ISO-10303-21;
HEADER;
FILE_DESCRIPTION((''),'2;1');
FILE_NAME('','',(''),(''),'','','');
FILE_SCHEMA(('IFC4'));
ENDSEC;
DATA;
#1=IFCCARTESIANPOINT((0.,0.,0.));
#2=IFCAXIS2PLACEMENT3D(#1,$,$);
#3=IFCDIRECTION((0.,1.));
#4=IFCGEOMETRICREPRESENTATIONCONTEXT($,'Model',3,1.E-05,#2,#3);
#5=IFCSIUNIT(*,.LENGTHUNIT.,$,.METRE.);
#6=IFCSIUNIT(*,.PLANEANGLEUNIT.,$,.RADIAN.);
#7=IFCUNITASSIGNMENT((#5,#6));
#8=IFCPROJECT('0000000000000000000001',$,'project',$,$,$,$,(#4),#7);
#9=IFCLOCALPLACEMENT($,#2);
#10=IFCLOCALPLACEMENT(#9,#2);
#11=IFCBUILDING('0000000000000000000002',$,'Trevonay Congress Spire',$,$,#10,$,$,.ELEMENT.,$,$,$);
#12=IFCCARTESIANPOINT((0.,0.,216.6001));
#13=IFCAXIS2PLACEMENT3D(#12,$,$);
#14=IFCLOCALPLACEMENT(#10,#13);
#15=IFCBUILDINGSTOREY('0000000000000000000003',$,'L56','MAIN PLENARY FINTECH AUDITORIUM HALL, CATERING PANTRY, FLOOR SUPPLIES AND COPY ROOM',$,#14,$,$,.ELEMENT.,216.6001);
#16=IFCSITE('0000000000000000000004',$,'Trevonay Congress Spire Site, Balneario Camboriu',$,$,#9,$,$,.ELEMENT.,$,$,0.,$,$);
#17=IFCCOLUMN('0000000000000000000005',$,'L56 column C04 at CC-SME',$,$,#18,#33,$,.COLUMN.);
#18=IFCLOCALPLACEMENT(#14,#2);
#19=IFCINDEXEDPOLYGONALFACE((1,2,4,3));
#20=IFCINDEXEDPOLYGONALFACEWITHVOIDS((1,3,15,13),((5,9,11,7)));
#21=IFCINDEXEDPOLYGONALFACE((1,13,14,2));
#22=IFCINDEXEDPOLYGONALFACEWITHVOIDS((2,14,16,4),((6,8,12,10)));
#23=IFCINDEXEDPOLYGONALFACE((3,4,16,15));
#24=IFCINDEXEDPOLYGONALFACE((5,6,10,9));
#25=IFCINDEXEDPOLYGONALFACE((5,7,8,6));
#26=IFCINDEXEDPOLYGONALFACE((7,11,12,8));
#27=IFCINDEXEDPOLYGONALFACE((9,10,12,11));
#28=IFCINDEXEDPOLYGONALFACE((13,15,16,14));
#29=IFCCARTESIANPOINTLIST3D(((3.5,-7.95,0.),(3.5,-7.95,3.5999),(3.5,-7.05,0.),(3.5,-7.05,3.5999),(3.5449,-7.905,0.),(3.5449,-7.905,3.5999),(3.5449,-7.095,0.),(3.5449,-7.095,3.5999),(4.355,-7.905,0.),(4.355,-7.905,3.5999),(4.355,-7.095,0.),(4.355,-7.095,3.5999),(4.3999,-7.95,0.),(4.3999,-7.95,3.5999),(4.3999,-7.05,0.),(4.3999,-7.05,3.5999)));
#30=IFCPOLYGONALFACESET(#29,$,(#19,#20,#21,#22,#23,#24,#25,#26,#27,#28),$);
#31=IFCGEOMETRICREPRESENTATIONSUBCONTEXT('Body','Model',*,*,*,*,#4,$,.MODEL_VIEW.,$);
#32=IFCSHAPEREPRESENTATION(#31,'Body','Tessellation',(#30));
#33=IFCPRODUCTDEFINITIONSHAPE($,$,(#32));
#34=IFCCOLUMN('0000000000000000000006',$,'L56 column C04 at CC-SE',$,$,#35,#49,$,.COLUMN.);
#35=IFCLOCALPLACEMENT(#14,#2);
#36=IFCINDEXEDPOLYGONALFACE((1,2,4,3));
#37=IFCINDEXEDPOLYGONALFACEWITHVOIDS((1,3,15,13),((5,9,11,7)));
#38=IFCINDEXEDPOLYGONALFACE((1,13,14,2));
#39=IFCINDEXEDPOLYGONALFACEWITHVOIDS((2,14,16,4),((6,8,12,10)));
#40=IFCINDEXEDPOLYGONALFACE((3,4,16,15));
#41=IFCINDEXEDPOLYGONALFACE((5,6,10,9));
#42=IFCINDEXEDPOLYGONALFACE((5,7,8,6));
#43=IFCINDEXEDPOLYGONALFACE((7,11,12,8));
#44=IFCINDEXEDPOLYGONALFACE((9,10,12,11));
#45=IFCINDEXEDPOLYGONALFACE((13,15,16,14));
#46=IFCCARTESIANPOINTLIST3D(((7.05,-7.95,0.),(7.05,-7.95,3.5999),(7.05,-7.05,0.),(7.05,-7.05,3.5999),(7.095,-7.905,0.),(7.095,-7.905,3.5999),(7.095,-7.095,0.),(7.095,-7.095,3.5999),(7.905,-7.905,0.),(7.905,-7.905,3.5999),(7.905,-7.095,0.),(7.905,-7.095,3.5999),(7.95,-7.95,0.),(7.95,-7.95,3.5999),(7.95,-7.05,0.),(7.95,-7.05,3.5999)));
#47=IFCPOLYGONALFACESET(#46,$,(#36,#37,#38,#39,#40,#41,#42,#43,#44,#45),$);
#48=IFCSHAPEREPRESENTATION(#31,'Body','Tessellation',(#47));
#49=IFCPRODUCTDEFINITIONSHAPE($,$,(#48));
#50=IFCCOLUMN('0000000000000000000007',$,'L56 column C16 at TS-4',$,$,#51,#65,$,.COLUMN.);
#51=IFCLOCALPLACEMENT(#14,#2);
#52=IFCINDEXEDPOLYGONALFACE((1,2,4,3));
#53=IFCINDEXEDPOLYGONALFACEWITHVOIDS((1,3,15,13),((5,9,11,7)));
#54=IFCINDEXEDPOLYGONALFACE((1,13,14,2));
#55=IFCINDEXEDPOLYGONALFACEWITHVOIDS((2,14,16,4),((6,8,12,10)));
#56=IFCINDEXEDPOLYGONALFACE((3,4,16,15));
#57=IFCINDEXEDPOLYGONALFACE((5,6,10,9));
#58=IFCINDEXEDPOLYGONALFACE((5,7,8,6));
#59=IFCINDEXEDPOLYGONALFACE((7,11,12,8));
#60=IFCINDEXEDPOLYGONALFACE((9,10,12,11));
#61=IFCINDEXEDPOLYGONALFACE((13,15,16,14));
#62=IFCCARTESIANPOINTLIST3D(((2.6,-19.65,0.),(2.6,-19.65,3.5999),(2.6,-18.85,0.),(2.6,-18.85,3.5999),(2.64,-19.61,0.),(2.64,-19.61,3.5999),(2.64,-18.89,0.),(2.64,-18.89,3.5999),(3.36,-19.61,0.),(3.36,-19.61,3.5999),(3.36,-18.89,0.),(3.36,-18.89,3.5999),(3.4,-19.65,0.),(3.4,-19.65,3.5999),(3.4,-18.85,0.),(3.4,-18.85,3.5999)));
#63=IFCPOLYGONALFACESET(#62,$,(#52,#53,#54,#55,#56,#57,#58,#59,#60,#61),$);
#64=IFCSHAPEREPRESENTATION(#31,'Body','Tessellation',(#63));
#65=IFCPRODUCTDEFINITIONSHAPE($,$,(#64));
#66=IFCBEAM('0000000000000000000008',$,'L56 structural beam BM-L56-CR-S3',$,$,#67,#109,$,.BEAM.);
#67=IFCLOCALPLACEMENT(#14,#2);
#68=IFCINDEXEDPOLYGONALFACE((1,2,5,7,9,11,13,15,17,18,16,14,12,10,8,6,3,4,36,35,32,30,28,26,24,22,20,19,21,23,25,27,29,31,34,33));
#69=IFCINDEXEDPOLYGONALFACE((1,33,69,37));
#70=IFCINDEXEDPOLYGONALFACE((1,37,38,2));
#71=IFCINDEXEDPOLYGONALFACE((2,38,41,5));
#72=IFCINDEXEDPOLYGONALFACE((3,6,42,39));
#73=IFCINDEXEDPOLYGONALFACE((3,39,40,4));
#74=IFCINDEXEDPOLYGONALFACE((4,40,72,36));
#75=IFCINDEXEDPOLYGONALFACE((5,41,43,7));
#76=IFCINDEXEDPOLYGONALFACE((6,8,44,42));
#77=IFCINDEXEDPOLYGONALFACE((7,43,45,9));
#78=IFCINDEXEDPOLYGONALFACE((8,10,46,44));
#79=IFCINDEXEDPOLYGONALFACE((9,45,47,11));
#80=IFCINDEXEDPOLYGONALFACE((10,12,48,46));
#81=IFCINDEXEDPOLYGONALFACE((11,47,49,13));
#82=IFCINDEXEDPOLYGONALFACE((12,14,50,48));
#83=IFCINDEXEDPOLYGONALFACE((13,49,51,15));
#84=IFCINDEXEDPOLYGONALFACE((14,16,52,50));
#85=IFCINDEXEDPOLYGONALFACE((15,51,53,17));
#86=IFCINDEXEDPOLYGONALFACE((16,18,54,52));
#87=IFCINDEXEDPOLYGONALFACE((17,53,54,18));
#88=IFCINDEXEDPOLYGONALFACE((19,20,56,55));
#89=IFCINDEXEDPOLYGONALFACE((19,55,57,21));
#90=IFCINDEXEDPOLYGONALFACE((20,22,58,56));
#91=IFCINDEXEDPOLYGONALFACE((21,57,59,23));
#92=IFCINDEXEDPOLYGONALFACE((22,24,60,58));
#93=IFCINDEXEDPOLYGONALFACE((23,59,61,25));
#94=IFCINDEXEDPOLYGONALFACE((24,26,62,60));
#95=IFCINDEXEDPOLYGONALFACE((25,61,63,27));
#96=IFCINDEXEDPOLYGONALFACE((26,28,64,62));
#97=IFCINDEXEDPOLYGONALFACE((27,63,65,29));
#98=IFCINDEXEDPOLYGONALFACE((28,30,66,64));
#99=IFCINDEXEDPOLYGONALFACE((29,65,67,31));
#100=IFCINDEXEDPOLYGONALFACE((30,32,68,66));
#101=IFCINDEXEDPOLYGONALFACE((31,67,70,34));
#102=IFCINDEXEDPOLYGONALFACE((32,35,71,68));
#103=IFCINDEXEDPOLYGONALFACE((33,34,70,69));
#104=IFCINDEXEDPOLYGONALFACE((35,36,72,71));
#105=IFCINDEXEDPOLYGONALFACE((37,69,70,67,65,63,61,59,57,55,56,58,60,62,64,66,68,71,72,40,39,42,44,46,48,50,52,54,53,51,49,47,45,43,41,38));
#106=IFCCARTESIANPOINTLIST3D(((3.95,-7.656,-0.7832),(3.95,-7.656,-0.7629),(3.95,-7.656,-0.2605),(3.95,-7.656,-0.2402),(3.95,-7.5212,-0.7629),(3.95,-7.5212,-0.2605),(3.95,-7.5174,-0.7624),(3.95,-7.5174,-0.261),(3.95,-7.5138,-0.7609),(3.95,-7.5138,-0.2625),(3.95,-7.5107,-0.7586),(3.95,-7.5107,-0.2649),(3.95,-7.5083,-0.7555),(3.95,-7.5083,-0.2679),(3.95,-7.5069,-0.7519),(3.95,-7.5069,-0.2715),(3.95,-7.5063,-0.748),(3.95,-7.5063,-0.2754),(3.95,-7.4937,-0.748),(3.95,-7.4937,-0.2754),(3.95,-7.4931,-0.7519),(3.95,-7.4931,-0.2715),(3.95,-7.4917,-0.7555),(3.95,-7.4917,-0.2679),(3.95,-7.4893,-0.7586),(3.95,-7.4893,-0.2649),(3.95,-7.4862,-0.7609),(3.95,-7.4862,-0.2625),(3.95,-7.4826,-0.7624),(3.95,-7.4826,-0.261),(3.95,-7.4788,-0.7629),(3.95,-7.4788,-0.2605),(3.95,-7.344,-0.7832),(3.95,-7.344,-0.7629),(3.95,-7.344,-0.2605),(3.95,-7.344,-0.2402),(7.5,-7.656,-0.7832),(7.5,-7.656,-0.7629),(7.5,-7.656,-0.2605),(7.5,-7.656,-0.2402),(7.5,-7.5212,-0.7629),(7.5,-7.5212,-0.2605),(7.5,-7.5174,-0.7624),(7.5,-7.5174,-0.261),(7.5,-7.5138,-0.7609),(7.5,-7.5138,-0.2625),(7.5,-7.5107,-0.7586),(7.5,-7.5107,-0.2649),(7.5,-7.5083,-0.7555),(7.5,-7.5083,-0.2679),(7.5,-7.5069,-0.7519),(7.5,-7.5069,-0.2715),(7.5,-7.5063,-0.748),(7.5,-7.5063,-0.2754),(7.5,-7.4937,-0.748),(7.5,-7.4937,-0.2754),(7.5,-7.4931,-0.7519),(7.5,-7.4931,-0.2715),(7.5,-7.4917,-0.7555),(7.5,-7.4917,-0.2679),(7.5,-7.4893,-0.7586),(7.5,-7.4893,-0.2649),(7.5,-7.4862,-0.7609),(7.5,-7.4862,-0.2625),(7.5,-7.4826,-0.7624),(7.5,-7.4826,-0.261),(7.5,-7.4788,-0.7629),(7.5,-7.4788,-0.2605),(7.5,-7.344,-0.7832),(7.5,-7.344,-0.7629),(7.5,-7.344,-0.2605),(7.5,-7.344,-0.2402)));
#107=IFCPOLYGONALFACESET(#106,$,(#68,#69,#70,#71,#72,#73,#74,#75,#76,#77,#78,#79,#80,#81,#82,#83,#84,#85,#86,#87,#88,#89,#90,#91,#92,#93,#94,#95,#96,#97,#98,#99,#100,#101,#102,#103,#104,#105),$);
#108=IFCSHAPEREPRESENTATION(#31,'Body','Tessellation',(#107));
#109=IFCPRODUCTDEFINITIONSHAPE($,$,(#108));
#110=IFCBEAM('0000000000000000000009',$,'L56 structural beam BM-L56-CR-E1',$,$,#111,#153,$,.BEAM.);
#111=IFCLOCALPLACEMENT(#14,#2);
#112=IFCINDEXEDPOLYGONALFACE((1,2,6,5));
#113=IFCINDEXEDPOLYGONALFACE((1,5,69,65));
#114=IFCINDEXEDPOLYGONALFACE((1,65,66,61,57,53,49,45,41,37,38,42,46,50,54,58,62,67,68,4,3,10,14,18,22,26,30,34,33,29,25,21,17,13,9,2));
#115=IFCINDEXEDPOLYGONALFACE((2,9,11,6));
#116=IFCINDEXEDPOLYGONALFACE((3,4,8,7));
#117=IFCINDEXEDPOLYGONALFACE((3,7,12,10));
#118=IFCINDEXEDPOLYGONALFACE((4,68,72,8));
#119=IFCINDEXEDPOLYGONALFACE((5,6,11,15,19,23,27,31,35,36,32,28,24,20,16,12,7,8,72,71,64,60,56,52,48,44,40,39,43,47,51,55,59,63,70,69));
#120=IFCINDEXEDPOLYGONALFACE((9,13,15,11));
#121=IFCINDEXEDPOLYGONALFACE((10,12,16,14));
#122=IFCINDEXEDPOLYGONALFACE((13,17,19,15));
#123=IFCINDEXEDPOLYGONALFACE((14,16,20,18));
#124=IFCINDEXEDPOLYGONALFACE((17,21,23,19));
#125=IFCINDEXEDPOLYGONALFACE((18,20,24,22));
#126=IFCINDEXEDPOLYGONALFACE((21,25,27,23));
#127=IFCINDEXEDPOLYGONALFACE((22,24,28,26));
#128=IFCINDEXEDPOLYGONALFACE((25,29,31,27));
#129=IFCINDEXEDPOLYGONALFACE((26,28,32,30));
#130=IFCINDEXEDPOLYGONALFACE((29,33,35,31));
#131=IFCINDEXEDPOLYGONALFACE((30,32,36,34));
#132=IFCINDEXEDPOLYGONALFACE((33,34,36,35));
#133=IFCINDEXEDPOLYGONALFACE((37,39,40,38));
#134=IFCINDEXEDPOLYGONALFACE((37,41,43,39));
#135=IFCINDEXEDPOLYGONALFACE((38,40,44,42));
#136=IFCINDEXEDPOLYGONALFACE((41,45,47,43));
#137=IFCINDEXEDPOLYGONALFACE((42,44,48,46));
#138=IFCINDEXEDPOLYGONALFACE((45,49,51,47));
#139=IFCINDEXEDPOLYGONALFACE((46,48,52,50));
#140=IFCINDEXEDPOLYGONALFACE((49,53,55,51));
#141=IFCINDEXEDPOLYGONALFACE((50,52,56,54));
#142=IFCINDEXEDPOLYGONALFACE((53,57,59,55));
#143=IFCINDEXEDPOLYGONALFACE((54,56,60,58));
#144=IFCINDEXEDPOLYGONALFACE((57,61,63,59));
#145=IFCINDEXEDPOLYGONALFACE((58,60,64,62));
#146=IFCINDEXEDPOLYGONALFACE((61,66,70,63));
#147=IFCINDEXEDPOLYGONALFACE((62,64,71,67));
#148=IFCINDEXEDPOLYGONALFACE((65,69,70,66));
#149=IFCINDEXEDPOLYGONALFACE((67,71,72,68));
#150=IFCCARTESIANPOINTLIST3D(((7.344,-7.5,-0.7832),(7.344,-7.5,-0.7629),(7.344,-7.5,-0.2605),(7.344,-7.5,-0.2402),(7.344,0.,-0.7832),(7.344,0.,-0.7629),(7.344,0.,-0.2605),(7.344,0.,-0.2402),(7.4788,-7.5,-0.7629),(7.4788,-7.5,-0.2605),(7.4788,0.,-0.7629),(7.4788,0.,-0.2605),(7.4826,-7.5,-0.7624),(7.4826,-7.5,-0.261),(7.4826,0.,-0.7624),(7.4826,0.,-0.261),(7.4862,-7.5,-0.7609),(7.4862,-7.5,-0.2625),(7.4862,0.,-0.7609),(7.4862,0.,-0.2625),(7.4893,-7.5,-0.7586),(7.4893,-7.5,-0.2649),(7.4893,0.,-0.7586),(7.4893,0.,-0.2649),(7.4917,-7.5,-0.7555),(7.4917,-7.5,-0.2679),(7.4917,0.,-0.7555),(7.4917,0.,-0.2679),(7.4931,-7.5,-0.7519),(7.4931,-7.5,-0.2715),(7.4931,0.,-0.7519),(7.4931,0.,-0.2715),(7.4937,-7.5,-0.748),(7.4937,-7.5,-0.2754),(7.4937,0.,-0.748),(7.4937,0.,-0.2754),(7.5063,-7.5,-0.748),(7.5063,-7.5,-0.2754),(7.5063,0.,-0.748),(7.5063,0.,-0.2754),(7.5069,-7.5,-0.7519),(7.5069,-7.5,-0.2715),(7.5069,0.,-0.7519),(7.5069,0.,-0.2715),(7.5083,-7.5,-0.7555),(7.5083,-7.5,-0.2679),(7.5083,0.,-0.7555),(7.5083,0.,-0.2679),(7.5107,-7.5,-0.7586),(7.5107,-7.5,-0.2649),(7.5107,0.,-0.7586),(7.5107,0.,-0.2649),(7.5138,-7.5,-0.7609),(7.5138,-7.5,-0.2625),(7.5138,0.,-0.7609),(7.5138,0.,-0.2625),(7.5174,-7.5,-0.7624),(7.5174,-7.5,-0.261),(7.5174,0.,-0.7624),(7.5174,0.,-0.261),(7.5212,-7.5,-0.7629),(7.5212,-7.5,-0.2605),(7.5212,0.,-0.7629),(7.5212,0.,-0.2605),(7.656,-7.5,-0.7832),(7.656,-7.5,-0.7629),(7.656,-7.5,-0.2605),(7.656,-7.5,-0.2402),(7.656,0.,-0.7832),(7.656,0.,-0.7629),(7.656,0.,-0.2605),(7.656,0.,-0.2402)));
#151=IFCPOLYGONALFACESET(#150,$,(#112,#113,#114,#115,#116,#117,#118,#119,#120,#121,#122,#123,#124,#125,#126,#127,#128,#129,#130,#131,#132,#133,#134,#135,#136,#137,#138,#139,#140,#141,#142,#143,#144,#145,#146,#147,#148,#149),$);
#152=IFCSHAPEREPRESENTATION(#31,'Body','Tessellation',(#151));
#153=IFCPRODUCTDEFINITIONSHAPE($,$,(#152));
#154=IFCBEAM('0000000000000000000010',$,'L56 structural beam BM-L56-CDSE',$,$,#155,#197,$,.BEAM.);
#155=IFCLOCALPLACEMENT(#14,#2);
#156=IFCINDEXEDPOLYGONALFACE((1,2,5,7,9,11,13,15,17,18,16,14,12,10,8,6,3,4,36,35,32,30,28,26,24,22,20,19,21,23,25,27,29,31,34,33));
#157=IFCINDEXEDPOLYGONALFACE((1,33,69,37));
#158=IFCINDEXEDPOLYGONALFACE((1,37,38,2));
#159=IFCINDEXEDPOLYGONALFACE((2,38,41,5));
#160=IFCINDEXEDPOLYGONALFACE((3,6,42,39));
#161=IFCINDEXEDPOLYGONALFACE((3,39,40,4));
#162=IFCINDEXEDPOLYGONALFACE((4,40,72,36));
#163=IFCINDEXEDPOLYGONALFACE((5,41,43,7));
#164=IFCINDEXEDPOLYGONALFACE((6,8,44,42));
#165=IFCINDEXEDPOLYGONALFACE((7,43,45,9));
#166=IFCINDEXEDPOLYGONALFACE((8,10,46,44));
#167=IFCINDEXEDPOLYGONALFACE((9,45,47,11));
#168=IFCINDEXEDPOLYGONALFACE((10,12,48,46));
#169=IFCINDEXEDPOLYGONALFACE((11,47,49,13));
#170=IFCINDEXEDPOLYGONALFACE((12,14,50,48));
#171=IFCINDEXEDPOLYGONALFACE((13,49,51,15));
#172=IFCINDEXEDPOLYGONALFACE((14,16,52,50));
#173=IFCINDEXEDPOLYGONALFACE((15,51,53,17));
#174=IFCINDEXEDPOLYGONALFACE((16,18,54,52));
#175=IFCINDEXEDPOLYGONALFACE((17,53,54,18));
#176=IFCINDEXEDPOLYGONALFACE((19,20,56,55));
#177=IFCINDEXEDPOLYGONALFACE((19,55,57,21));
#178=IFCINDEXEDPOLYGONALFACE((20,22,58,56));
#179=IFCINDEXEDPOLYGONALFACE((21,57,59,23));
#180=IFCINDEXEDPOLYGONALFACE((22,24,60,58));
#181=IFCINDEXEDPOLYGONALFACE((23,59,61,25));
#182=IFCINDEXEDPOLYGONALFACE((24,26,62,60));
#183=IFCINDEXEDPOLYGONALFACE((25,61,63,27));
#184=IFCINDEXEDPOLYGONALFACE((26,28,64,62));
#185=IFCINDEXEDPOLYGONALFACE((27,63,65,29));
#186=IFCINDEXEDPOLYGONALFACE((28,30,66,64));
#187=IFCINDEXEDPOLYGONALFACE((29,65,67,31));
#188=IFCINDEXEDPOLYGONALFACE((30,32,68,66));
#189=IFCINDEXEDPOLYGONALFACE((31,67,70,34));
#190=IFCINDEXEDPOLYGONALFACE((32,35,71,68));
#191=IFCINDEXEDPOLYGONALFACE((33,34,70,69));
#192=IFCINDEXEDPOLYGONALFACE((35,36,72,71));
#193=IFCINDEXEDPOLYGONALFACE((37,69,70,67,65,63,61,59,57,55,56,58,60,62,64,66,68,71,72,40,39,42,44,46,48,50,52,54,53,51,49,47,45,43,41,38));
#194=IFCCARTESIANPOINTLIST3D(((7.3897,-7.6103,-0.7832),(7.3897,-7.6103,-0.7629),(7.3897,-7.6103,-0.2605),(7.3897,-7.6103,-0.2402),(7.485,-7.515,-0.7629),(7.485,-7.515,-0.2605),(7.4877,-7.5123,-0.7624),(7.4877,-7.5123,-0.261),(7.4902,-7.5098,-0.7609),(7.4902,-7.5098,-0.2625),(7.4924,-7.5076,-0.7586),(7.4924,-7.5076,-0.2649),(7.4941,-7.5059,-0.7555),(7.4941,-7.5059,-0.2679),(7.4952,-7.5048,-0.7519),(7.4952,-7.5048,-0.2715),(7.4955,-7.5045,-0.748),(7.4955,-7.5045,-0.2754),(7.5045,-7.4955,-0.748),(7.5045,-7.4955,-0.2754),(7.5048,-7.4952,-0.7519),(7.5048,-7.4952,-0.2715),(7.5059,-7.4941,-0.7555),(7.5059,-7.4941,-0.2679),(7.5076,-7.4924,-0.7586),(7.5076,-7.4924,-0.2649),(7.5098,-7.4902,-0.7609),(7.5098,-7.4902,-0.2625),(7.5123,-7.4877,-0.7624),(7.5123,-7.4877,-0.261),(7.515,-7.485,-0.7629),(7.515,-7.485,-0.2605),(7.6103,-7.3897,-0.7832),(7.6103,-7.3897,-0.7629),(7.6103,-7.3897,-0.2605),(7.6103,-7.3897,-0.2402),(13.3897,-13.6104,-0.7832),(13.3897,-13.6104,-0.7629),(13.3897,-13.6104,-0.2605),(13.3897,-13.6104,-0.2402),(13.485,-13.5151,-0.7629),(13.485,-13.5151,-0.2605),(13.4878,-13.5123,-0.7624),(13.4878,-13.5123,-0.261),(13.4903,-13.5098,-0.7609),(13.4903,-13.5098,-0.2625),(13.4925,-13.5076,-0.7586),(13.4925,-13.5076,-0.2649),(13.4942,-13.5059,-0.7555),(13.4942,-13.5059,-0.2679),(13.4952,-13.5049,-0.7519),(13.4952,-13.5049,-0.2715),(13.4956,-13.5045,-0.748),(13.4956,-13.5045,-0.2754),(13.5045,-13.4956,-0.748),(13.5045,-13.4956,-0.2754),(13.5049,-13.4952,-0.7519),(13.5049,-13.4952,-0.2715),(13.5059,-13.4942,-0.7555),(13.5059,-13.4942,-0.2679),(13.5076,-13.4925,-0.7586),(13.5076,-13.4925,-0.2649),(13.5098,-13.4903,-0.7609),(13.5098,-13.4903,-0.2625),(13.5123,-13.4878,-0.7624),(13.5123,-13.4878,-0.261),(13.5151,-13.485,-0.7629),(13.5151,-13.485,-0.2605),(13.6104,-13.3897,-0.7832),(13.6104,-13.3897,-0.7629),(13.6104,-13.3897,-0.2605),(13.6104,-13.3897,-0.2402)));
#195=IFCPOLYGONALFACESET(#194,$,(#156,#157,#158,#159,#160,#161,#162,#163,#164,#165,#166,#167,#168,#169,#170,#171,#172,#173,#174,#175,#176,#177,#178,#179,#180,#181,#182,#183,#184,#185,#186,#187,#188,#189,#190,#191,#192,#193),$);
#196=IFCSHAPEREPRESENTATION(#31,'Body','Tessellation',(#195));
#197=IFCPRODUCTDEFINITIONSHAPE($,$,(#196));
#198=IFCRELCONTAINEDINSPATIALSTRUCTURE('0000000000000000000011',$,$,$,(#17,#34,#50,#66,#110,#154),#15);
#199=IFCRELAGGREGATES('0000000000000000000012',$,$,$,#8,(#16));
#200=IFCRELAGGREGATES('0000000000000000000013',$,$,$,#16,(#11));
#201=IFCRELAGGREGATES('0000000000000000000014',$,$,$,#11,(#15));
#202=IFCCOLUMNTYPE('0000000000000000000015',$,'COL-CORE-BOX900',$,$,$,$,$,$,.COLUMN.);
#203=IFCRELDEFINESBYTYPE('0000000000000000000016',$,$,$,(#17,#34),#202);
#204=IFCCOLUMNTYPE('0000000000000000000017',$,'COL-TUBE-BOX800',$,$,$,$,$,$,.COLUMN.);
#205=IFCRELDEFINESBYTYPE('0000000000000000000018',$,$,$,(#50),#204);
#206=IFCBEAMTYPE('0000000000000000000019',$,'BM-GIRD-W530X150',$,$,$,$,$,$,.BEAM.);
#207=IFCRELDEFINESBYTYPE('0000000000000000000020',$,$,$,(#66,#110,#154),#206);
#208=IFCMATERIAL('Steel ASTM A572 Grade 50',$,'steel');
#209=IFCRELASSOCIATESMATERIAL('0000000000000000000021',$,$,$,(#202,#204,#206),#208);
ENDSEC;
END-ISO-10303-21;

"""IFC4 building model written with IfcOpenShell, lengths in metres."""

from ifc_helpers import new_model, si_unit, direction, frame, origin, origin_2d, place, context, subcontext, project, spatial, hollow_rectangle, i_section, extrude, material, material_profile, profile_set, type_object, element, save


model = new_model("IFC4")

# Units and contexts
model_context = context("Model", 3, precision=1e-05, world=origin(), true_north=direction((0.0, 1.0)))
body_context = subcontext(model_context, "Body", "Model", "MODEL_VIEW")
ifc_project = project(units=[si_unit("LENGTHUNIT", "METRE"), si_unit("PLANEANGLEUNIT", "RADIAN")], contexts=[model_context])

# Site, building, storey
site_placement = place(None, origin())
site = spatial("IfcSite", under=ifc_project, at=site_placement, Name="Trevonay Congress Spire Site, Balneario Camboriu", CompositionType="ELEMENT", RefElevation=0.0)
building_placement = place(site_placement, origin())
building = spatial("IfcBuilding", under=site, at=building_placement, Name="Trevonay Congress Spire", CompositionType="ELEMENT")
storey_placement = place(building_placement, frame((0.0, 0.0, 216.6001)))
storey = spatial("IfcBuildingStorey", under=building, at=storey_placement, Name="L56", Description="MAIN PLENARY FINTECH AUDITORIUM HALL, CATERING PANTRY, FLOOR SUPPLIES AND COPY ROOM", CompositionType="ELEMENT", Elevation=216.6001)

# Columns
ifc_material_1 = material(Name="Steel ASTM A572 Grade 50", Category="steel")
ifc_material_profile_1 = material_profile(ifc_material_1, hollow_rectangle(XDim=0.8999, YDim=0.8999, WallThickness=0.0449, at=origin_2d()), Name="BOX 900x900x45")
ifc_profile_set_1 = profile_set([ifc_material_profile_1], Name="Steel ASTM A572 Grade 50")
column_type_1 = type_object("IfcColumnType", Name="COL-CORE-BOX900", PredefinedType="COLUMN", material=ifc_profile_set_1)
for number, where, z_axis, x_axis, name in (
    (1, (3.95, -7.5, 0.0), (0.0, 0.0, 1.0), (1.0, 0.0, 0.0), "L56 column C04 at CC-SME"),
    (2, (7.5, -7.5, 0.0), (0.0, 0.0, 1.0), (1.0, 0.0, 0.0), "L56 column C04 at CC-SE"),
):
    element("IfcColumn", number, at=place(storey_placement, frame(where, z_axis=z_axis, x_axis=x_axis)), inside=storey, type_object=column_type_1, Name=name, PredefinedType="COLUMN", context=body_context, shape_type="SweptSolid", body=[
        extrude(hollow_rectangle(XDim=0.8999, YDim=0.8999, WallThickness=0.0449, at=origin_2d()), origin(), (0.0, 0.0, 1.0), 3.5999),
    ])
ifc_material_profile_2 = material_profile(ifc_material_1, hollow_rectangle(XDim=0.8, YDim=0.8, WallThickness=0.04, at=origin_2d()), Name="BOX 800x800x40")
ifc_profile_set_2 = profile_set([ifc_material_profile_2], Name="Steel ASTM A572 Grade 50")
column_type_2 = type_object("IfcColumnType", Name="COL-TUBE-BOX800", PredefinedType="COLUMN", material=ifc_profile_set_2)
column_placement = place(storey_placement, frame((3.0, -19.25, 0.0), z_axis=(0.0, 0.0, 1.0), x_axis=(1.0, 0.0, 0.0)))
element("IfcColumn", 3, at=column_placement, inside=storey, type_object=column_type_2, Name="L56 column C16 at TS-4", PredefinedType="COLUMN", context=body_context, shape_type="SweptSolid", body=[
    extrude(hollow_rectangle(XDim=0.8, YDim=0.8, WallThickness=0.04, at=origin_2d()), origin(), (0.0, 0.0, 1.0), 3.5999),
])

# Beams
ifc_material_profile_3 = material_profile(ifc_material_1, i_section(OverallWidth=0.312, OverallDepth=0.543, WebThickness=0.0127, FlangeThickness=0.0203, FilletRadius=0.0149, at=origin_2d()), Name="W530x150")
ifc_profile_set_3 = profile_set([ifc_material_profile_3], Name="Steel ASTM A572 Grade 50")
beam_type_1 = type_object("IfcBeamType", Name="BM-GIRD-W530X150", PredefinedType="BEAM", material=ifc_profile_set_3)
beam_1_placement = place(storey_placement, frame((3.95, -7.5, -0.5117), z_axis=(1.0, 0.0, 0.0), x_axis=(0.0, 1.0, 0.0)))
element("IfcBeam", 4, at=beam_1_placement, inside=storey, type_object=beam_type_1, Name="L56 structural beam BM-L56-CR-S3", PredefinedType="BEAM", context=body_context, shape_type="SweptSolid", body=[
    extrude(i_section(OverallWidth=0.312, OverallDepth=0.543, WebThickness=0.0127, FlangeThickness=0.0203, FilletRadius=0.0149, at=origin_2d()), origin(), (0.0, 0.0, 1.0), 3.55),
])
beam_2_placement = place(storey_placement, frame((7.5, -7.5, -0.5117), z_axis=(0.0, 1.0, 0.0), x_axis=(-1.0, 0.0, 0.0)))
element("IfcBeam", 5, at=beam_2_placement, inside=storey, type_object=beam_type_1, Name="L56 structural beam BM-L56-CR-E1", PredefinedType="BEAM", context=body_context, shape_type="SweptSolid", body=[
    extrude(i_section(OverallWidth=0.312, OverallDepth=0.543, WebThickness=0.0127, FlangeThickness=0.0203, FilletRadius=0.0149, at=origin_2d()), origin(), (0.0, 0.0, 1.0), 7.5),
])
beam_3_placement = place(storey_placement, frame((7.5, -7.5, -0.5117), z_axis=(0.707107, -0.707107, 0.0), x_axis=(0.707107, 0.707107, 0.0)))
element("IfcBeam", 6, at=beam_3_placement, inside=storey, type_object=beam_type_1, Name="L56 structural beam BM-L56-CDSE", PredefinedType="BEAM", context=body_context, shape_type="SweptSolid", body=[
    extrude(i_section(OverallWidth=0.312, OverallDepth=0.543, WebThickness=0.0127, FlangeThickness=0.0203, FilletRadius=0.0149, at=origin_2d()), origin(), (0.0, 0.0, 1.0), 8.4854),
])

save(model, "model.ifc")
